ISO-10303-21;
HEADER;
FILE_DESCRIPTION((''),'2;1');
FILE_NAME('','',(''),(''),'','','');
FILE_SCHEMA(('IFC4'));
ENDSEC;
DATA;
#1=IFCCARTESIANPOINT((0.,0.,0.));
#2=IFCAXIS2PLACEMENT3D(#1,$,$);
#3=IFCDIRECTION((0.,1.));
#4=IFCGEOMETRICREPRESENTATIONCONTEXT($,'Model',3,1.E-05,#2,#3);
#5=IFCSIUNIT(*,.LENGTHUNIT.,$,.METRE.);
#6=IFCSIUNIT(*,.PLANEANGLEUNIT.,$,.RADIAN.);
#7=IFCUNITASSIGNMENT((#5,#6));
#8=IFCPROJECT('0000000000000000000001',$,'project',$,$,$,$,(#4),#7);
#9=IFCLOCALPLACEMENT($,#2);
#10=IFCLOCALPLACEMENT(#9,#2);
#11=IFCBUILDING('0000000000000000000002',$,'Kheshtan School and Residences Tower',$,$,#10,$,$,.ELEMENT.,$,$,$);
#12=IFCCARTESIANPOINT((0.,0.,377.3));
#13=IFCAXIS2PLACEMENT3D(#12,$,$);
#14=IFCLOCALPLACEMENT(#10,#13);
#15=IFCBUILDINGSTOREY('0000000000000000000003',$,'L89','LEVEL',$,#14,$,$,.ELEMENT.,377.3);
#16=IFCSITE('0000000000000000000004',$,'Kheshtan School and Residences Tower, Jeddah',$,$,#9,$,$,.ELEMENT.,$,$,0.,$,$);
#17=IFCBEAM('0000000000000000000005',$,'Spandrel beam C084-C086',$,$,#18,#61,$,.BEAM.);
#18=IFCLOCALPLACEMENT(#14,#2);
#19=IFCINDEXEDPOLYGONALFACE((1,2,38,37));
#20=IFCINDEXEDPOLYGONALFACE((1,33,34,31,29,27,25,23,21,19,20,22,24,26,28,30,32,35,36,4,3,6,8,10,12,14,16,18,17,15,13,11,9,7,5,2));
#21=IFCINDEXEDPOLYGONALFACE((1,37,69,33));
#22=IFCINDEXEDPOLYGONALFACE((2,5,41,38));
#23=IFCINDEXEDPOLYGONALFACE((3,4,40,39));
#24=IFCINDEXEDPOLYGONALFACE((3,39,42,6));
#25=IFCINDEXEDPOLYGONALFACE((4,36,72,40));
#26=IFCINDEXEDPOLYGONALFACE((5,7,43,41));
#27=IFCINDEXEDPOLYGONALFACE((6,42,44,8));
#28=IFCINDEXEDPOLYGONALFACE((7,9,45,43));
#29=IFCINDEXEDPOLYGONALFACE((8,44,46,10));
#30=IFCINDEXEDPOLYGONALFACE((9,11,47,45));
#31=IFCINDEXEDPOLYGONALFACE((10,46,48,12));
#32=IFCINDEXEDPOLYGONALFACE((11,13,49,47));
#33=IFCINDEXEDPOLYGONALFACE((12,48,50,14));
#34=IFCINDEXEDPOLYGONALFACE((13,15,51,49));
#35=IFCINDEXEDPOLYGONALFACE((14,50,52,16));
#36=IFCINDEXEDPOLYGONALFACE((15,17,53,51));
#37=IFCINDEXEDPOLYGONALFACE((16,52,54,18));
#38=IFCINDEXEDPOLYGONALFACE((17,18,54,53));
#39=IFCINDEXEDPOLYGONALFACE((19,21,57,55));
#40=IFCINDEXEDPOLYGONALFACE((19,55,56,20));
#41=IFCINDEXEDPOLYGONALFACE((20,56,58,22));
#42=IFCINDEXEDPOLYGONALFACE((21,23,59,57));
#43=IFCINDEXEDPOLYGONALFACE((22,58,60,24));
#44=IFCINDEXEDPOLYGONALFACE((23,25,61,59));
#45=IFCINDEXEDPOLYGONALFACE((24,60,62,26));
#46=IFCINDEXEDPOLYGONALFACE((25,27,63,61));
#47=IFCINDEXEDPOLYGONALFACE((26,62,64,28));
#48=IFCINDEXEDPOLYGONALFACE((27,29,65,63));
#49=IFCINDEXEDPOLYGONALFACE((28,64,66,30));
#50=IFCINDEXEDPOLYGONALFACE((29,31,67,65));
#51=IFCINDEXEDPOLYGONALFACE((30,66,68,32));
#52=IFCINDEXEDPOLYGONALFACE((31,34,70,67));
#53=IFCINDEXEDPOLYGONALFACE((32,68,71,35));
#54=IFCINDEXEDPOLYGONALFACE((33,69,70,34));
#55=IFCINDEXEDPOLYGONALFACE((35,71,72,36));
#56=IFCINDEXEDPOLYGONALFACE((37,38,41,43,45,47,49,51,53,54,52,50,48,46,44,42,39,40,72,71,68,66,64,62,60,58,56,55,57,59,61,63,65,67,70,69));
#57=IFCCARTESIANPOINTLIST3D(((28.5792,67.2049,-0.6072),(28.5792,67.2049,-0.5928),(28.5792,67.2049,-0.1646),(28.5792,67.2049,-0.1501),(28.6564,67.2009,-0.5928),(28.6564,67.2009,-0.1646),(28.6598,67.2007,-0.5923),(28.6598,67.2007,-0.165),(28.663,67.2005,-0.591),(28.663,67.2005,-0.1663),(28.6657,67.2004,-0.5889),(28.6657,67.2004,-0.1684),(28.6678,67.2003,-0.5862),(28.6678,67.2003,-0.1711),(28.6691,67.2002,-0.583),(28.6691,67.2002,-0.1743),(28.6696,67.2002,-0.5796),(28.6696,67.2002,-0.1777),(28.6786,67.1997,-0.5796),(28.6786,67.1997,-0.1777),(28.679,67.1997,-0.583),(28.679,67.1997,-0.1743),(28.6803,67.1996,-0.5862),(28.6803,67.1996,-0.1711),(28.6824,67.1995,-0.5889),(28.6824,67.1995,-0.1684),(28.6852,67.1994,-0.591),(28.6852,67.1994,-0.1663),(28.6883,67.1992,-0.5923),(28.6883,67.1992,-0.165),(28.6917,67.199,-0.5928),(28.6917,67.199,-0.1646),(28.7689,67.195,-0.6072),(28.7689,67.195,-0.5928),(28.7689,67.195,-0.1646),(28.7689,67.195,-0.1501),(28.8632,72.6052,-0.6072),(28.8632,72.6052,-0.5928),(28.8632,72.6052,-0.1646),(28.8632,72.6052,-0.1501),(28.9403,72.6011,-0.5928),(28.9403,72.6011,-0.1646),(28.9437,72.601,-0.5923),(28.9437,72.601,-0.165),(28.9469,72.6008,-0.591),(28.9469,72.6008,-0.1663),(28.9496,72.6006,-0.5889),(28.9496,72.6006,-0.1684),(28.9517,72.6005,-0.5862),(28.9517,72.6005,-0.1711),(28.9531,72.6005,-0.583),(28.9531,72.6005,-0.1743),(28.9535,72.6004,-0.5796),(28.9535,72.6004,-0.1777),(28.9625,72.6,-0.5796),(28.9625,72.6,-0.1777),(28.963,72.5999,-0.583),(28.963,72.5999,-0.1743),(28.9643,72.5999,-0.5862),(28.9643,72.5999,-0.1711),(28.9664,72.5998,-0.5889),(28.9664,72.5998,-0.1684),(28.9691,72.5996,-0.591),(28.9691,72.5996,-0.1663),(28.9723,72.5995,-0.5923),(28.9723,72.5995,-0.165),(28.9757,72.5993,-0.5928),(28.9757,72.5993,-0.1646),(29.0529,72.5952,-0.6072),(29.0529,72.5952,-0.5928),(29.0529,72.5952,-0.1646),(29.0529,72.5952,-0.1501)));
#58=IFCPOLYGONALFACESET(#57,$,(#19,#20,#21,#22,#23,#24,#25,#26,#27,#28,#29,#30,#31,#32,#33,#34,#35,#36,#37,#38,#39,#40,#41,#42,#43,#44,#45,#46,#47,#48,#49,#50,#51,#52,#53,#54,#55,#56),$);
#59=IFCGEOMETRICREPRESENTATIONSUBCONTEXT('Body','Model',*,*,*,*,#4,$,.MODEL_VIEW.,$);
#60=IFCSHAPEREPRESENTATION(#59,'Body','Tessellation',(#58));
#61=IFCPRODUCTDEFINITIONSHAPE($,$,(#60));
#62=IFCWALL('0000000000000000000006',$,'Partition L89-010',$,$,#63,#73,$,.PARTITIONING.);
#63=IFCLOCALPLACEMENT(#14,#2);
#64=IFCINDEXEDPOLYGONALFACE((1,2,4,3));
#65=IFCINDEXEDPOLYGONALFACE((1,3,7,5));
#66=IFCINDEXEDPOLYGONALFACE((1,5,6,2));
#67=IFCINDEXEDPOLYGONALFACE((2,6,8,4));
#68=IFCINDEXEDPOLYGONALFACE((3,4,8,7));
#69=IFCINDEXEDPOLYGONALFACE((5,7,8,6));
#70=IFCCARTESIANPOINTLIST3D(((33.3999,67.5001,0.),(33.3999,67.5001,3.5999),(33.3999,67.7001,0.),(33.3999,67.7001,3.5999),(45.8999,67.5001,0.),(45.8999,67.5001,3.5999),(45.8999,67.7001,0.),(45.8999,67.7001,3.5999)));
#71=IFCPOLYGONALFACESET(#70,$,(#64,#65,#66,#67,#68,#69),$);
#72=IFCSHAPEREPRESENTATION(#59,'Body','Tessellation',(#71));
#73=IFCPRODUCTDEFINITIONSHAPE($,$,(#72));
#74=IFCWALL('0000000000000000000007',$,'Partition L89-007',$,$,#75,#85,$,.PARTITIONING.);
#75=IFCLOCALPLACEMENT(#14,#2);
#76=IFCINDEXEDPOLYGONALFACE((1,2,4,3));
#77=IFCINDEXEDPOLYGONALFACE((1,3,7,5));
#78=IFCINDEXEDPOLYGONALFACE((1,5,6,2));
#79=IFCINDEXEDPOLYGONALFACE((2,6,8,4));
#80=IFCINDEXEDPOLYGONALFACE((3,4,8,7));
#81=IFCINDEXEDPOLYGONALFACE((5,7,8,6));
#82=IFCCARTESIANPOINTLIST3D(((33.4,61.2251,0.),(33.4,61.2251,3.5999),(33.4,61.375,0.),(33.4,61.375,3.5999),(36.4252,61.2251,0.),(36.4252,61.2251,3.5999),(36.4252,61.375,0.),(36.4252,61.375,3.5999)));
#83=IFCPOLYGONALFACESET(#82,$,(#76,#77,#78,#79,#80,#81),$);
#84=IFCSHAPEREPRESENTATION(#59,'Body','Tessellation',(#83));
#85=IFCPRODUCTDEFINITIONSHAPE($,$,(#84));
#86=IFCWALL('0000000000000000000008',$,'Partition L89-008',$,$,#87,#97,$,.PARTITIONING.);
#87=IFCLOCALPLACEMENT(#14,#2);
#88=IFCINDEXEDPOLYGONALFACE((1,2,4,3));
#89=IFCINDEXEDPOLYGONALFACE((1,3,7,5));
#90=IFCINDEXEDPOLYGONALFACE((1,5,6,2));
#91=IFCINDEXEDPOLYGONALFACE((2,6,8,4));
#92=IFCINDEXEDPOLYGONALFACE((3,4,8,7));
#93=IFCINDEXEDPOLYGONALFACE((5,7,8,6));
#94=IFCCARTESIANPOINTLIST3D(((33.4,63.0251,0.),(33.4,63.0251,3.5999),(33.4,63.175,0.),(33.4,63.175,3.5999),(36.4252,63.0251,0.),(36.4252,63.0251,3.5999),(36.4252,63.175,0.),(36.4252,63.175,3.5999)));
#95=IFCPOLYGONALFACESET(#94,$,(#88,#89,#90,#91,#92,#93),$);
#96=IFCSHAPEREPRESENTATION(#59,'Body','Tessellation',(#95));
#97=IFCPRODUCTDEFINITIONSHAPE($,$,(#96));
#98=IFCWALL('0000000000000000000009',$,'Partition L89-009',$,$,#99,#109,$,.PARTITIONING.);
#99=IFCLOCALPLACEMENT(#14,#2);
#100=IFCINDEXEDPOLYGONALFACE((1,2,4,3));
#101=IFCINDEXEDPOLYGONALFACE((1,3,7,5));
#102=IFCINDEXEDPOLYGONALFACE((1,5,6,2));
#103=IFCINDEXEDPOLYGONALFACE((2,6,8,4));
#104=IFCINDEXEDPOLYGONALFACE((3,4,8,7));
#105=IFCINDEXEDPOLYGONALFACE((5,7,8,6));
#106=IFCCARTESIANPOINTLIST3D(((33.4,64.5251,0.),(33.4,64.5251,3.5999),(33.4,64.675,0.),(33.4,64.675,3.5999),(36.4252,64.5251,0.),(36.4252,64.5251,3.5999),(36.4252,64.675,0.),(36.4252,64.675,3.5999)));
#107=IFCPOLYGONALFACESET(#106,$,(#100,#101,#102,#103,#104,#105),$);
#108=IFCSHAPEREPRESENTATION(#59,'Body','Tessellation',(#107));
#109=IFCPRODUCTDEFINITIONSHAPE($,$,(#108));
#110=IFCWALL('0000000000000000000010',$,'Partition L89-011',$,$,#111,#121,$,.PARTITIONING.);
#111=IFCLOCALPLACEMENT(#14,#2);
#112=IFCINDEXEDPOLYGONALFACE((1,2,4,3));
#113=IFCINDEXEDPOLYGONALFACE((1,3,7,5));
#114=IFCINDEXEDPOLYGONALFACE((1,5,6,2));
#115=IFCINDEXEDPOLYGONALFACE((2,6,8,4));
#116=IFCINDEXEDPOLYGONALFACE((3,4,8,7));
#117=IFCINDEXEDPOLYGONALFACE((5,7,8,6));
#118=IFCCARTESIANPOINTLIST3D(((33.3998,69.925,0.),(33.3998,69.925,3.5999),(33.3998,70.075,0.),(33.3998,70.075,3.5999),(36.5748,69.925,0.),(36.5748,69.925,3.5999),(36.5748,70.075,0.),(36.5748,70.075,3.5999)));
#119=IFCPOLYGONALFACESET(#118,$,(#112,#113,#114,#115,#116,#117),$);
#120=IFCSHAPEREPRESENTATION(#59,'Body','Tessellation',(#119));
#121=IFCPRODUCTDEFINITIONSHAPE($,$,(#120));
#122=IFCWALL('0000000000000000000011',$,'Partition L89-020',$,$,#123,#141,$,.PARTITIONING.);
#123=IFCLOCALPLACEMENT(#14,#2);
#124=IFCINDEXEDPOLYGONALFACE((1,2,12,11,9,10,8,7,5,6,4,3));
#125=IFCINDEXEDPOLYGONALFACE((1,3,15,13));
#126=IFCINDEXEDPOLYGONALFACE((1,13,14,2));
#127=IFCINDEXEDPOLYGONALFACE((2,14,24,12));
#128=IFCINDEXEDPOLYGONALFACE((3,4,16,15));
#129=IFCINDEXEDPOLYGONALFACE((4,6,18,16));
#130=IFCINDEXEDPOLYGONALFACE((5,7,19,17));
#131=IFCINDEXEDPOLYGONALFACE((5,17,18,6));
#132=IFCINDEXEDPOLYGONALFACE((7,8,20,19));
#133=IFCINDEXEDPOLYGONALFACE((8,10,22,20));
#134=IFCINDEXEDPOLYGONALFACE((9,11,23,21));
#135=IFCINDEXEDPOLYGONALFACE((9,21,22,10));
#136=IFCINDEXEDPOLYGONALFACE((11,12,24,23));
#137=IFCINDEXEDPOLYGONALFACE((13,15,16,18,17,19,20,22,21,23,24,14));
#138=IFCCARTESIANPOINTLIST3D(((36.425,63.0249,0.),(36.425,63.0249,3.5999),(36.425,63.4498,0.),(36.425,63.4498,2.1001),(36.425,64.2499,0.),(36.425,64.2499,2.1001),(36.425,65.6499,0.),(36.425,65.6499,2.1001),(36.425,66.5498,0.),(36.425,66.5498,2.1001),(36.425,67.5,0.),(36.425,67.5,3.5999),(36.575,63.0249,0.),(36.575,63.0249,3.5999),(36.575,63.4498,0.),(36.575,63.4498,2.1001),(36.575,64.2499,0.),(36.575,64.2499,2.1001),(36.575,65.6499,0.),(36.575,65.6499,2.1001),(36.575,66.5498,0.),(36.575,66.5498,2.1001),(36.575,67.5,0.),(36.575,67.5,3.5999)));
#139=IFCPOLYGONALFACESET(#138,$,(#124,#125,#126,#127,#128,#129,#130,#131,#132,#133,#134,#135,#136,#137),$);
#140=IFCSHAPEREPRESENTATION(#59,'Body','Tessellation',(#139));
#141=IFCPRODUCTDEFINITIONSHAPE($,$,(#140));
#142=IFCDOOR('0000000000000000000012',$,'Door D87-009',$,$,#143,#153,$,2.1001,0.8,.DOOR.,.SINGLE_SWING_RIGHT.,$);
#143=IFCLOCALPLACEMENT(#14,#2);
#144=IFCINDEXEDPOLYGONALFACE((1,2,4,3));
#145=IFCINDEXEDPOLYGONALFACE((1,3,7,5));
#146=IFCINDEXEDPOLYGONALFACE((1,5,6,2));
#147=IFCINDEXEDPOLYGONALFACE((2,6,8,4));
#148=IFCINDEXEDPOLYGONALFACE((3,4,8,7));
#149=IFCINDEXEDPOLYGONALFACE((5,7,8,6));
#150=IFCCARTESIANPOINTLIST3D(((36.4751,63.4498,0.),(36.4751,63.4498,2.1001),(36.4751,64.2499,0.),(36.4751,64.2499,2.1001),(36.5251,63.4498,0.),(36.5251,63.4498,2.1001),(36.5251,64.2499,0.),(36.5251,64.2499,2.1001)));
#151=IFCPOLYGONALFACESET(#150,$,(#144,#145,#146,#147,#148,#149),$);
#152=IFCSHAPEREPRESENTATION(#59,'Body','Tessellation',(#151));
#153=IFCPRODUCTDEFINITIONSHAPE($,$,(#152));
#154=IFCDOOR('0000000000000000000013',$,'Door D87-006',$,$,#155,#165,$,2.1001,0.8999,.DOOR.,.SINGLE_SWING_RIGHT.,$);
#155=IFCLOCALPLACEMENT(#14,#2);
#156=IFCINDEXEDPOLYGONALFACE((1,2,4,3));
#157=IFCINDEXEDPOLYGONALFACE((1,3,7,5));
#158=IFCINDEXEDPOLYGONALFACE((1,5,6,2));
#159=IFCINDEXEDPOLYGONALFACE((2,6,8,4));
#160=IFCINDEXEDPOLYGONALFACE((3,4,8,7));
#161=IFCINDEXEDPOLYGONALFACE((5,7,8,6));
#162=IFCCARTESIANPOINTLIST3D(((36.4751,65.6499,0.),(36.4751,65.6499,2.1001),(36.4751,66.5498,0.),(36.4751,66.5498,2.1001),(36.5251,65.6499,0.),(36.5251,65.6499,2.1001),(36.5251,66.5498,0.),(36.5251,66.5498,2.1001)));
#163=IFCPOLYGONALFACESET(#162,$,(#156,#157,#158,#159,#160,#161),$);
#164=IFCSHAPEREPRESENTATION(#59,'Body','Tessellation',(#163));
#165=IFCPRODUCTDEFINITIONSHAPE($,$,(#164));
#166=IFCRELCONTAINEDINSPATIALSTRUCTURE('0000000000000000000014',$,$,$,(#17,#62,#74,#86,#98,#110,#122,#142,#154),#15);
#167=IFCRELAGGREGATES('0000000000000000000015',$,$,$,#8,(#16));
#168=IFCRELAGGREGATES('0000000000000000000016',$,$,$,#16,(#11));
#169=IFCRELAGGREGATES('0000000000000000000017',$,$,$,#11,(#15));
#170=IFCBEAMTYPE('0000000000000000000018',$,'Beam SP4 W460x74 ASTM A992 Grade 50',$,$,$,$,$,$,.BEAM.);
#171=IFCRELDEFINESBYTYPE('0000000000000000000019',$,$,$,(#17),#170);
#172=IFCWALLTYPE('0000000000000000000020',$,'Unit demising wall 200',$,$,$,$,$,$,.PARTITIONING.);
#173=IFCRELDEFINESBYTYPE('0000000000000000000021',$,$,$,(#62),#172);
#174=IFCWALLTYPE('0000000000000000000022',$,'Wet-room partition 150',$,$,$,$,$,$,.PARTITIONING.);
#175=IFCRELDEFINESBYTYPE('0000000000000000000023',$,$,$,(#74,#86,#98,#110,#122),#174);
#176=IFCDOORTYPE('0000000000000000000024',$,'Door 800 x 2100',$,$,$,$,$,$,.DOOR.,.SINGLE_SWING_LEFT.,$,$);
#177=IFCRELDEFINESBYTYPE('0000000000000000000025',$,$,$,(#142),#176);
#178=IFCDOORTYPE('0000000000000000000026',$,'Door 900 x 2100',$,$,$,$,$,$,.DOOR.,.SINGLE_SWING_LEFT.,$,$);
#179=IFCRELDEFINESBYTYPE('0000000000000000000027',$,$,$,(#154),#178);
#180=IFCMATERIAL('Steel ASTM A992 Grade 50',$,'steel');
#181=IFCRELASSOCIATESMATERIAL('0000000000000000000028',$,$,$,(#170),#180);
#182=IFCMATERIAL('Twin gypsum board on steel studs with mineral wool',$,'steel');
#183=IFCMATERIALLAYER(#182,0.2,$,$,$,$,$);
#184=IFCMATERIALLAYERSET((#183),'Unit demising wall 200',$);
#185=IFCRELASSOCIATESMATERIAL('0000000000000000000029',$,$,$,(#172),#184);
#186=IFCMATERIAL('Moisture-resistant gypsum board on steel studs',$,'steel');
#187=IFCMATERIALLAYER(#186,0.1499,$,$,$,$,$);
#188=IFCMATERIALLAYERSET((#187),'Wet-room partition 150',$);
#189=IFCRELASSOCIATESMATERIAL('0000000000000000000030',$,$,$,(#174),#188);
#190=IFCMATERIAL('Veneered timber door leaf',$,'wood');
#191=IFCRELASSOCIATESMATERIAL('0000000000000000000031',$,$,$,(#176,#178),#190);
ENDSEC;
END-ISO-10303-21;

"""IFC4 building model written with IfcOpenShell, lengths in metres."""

from ifc_helpers import new_model, si_unit, direction, frame, frame_2d, origin, origin_2d, place, context, subcontext, project, spatial, rectangle, i_section, extrude, source, transform, mapped, material, layer, layer_set, material_profile, profile_set, type_object, element, fill, save


model = new_model("IFC4")

# Units and contexts
model_context = context("Model", 3, precision=1e-05, world=origin(), true_north=direction((0.0, 1.0)))
body_context = subcontext(model_context, "Body", "Model", "MODEL_VIEW")
ifc_project = project(units=[si_unit("LENGTHUNIT", "METRE"), si_unit("PLANEANGLEUNIT", "RADIAN")], contexts=[model_context])

# Site, building, storey
site_placement = place(None, origin())
site = spatial("IfcSite", under=ifc_project, at=site_placement, Name="Kheshtan School and Residences Tower, Jeddah", CompositionType="ELEMENT", RefElevation=0.0)
building_placement = place(site_placement, origin())
building = spatial("IfcBuilding", under=site, at=building_placement, Name="Kheshtan School and Residences Tower", CompositionType="ELEMENT")
storey_placement = place(building_placement, frame((0.0, 0.0, 377.3)))
storey = spatial("IfcBuildingStorey", under=building, at=storey_placement, Name="L89", Description="LEVEL", CompositionType="ELEMENT", Elevation=377.3)

# Shared definitions
ifc_material_1 = material(Name="Steel ASTM A992 Grade 50", Category="steel")

# Beam
ifc_material_profile_1 = material_profile(ifc_material_1, i_section(OverallWidth=0.1899, OverallDepth=0.457, WebThickness=0.009, FlangeThickness=0.0144, FilletRadius=0.0132, at=origin_2d()), Name="W460x74")
ifc_profile_set_1 = profile_set([ifc_material_profile_1], Name="Steel ASTM A992 Grade 50")
beam_type_1 = type_object("IfcBeamType", Name="Beam SP4 W460x74 ASTM A992 Grade 50", PredefinedType="BEAM", material=ifc_profile_set_1)
beam_1_placement = place(storey_placement, frame((28.6741, 67.2, -0.3787), z_axis=(0.052507, 0.998621, 0.0), x_axis=(-0.998621, 0.052507, 0.0)))
element("IfcBeam", 1, at=beam_1_placement, inside=storey, type_object=beam_type_1, Name="Spandrel beam C084-C086", PredefinedType="BEAM", context=body_context, shape_type="SweptSolid", body=[
    extrude(i_section(OverallWidth=0.1899, OverallDepth=0.457, WebThickness=0.009, FlangeThickness=0.0144, FilletRadius=0.0132, at=origin_2d()), origin(), (0.0, 0.0, 1.0), 5.4077),
])

# Walls
ifc_material_2 = material(Name="Twin gypsum board on steel studs with mineral wool", Category="steel")
ifc_layer_1 = layer(ifc_material_2, 0.2)
ifc_layer_set_1 = layer_set([ifc_layer_1], Name="Unit demising wall 200")
wall_type_1 = type_object("IfcWallType", Name="Unit demising wall 200", PredefinedType="PARTITIONING", material=ifc_layer_set_1)
wall_1_placement = place(storey_placement, frame((33.3999, 67.6001, 0.0), z_axis=(0.0, 0.0, 1.0), x_axis=(1.0, 0.0, 0.0)))
element("IfcWall", 2, at=wall_1_placement, inside=storey, type_object=wall_type_1, Name="Partition L89-010", PredefinedType="PARTITIONING", context=body_context, shape_type="SweptSolid", body=[
    extrude(rectangle(XDim=12.5, YDim=0.2, at=frame_2d((6.25, 0.0))), origin(), (0.0, 0.0, 1.0), 3.5999),
])
ifc_material_3 = material(Name="Moisture-resistant gypsum board on steel studs", Category="steel")
ifc_layer_2 = layer(ifc_material_3, 0.1499)
ifc_layer_set_2 = layer_set([ifc_layer_2], Name="Wet-room partition 150")
wall_type_2 = type_object("IfcWallType", Name="Wet-room partition 150", PredefinedType="PARTITIONING", material=ifc_layer_set_2)
for number, where, z_axis, x_axis, name in (
    (3, (33.3999, 61.3, 0.0), (0.0, 0.0, 1.0), (1.0, 0.0, 0.0), "Partition L89-007"),
    (4, (33.3999, 63.1001, 0.0), (0.0, 0.0, 1.0), (1.0, 0.0, 0.0), "Partition L89-008"),
    (5, (33.3999, 64.6001, 0.0), (0.0, 0.0, 1.0), (1.0, 0.0, 0.0), "Partition L89-009"),
):
    element("IfcWall", number, at=place(storey_placement, frame(where, z_axis=z_axis, x_axis=x_axis)), inside=storey, type_object=wall_type_2, Name=name, PredefinedType="PARTITIONING", context=body_context, shape_type="SweptSolid", body=[
        extrude(rectangle(XDim=3.0251, YDim=0.1499, at=frame_2d((1.5127, 0.0))), origin(), (0.0, 0.0, 1.0), 3.5999),
    ])
wall_2_placement = place(storey_placement, frame((33.3999, 70.0, 0.0), z_axis=(0.0, 0.0, 1.0), x_axis=(1.0, 0.0, 0.0)))
element("IfcWall", 6, at=wall_2_placement, inside=storey, type_object=wall_type_2, Name="Partition L89-011", PredefinedType="PARTITIONING", context=body_context, shape_type="SweptSolid", body=[
    extrude(rectangle(XDim=3.175, YDim=0.1499, at=frame_2d((1.5874, 0.0))), origin(), (0.0, 0.0, 1.0), 3.5999),
])

# Wall, openings, doors
wall_3_placement = place(storey_placement, frame((36.5, 63.0249, 0.0), z_axis=(0.0, 0.0, 1.0), x_axis=(0.0, 1.0, 0.0)))
wall_3 = element("IfcWall", 7, at=wall_3_placement, inside=storey, type_object=wall_type_2, Name="Partition L89-020", PredefinedType="PARTITIONING", context=body_context, shape_type="SweptSolid", body=[
    extrude(rectangle(XDim=4.4751, YDim=0.1499, at=frame_2d((2.2375, 0.0))), origin(), (0.0, 0.0, 1.0), 3.5999),
])
opening_1_placement = place(wall_3_placement, frame((2.625, 0.0, 0.0)))
opening_1 = element("IfcOpeningElement", 8, at=opening_1_placement, cuts=wall_3, PredefinedType="OPENING", context=body_context, shape_type="SweptSolid", body=[
    extrude(rectangle(XDim=0.8999, YDim=2.1001, at=frame_2d((0.45, 1.05))), frame((0.0, 0.085, 0.0), z_axis=(0.0, -1.0, 0.0), x_axis=(1.0, 0.0, 0.0)), (0.0, 0.0, 1.0), 0.1699),
])
opening_2_placement = place(wall_3_placement, frame((0.425, 0.0, 0.0)))
opening_2 = element("IfcOpeningElement", 9, at=opening_2_placement, cuts=wall_3, PredefinedType="OPENING", context=body_context, shape_type="SweptSolid", body=[
    extrude(rectangle(XDim=0.8, YDim=2.1001, at=frame_2d((0.3999, 1.05))), frame((0.0, 0.085, 0.0), z_axis=(0.0, -1.0, 0.0), x_axis=(1.0, 0.0, 0.0)), (0.0, 0.0, 1.0), 0.1699),
])
ifc_material_4 = material(Name="Veneered timber door leaf", Category="wood")
door_type_1 = type_object("IfcDoorType", Name="Door 800 x 2100", OperationType="SINGLE_SWING_LEFT", PredefinedType="DOOR", material=ifc_material_4)
shared_shape_1 = source(origin(), body_context, "Body", "SweptSolid", [
    extrude(rectangle(XDim=0.8, YDim=2.1001, at=frame_2d((0.3999, 1.05))), frame((0.0, 0.0249, 0.0), z_axis=(0.0, -1.0, 0.0), x_axis=(1.0, 0.0, 0.0)), (0.0, 0.0, 1.0), 0.05),
])
door_1_placement = place(opening_2_placement, origin())
door_1 = element("IfcDoor", 10, at=door_1_placement, inside=storey, type_object=door_type_1, Name="Door D87-009", OperationType="SINGLE_SWING_RIGHT", OverallHeight=2.1001, OverallWidth=0.8, PredefinedType="DOOR", context=body_context, shape_type="MappedRepresentation", body=[
    mapped(shared_shape_1, transform((0.0, 0.0, 0.0), x_axis=(1.0, 0.0, 0.0), y_axis=(0.0, 1.0, 0.0), z_axis=(0.0, 0.0, 1.0), scale=1.0)),
])
fill(opening_2, door_1)
door_type_2 = type_object("IfcDoorType", Name="Door 900 x 2100", OperationType="SINGLE_SWING_LEFT", PredefinedType="DOOR", material=ifc_material_4)
shared_shape_2 = source(origin(), body_context, "Body", "SweptSolid", [
    extrude(rectangle(XDim=0.8999, YDim=2.1001, at=frame_2d((0.45, 1.05))), frame((0.0, 0.0249, 0.0), z_axis=(0.0, -1.0, 0.0), x_axis=(1.0, 0.0, 0.0)), (0.0, 0.0, 1.0), 0.05),
])
door_2_placement = place(opening_1_placement, origin())
door_2 = element("IfcDoor", 11, at=door_2_placement, inside=storey, type_object=door_type_2, Name="Door D87-006", OperationType="SINGLE_SWING_RIGHT", OverallHeight=2.1001, OverallWidth=0.8999, PredefinedType="DOOR", context=body_context, shape_type="MappedRepresentation", body=[
    mapped(shared_shape_2, transform((0.0, 0.0, 0.0), x_axis=(1.0, 0.0, 0.0), y_axis=(0.0, 1.0, 0.0), z_axis=(0.0, 0.0, 1.0), scale=1.0)),
])
fill(opening_1, door_2)

save(model, "model.ifc")
